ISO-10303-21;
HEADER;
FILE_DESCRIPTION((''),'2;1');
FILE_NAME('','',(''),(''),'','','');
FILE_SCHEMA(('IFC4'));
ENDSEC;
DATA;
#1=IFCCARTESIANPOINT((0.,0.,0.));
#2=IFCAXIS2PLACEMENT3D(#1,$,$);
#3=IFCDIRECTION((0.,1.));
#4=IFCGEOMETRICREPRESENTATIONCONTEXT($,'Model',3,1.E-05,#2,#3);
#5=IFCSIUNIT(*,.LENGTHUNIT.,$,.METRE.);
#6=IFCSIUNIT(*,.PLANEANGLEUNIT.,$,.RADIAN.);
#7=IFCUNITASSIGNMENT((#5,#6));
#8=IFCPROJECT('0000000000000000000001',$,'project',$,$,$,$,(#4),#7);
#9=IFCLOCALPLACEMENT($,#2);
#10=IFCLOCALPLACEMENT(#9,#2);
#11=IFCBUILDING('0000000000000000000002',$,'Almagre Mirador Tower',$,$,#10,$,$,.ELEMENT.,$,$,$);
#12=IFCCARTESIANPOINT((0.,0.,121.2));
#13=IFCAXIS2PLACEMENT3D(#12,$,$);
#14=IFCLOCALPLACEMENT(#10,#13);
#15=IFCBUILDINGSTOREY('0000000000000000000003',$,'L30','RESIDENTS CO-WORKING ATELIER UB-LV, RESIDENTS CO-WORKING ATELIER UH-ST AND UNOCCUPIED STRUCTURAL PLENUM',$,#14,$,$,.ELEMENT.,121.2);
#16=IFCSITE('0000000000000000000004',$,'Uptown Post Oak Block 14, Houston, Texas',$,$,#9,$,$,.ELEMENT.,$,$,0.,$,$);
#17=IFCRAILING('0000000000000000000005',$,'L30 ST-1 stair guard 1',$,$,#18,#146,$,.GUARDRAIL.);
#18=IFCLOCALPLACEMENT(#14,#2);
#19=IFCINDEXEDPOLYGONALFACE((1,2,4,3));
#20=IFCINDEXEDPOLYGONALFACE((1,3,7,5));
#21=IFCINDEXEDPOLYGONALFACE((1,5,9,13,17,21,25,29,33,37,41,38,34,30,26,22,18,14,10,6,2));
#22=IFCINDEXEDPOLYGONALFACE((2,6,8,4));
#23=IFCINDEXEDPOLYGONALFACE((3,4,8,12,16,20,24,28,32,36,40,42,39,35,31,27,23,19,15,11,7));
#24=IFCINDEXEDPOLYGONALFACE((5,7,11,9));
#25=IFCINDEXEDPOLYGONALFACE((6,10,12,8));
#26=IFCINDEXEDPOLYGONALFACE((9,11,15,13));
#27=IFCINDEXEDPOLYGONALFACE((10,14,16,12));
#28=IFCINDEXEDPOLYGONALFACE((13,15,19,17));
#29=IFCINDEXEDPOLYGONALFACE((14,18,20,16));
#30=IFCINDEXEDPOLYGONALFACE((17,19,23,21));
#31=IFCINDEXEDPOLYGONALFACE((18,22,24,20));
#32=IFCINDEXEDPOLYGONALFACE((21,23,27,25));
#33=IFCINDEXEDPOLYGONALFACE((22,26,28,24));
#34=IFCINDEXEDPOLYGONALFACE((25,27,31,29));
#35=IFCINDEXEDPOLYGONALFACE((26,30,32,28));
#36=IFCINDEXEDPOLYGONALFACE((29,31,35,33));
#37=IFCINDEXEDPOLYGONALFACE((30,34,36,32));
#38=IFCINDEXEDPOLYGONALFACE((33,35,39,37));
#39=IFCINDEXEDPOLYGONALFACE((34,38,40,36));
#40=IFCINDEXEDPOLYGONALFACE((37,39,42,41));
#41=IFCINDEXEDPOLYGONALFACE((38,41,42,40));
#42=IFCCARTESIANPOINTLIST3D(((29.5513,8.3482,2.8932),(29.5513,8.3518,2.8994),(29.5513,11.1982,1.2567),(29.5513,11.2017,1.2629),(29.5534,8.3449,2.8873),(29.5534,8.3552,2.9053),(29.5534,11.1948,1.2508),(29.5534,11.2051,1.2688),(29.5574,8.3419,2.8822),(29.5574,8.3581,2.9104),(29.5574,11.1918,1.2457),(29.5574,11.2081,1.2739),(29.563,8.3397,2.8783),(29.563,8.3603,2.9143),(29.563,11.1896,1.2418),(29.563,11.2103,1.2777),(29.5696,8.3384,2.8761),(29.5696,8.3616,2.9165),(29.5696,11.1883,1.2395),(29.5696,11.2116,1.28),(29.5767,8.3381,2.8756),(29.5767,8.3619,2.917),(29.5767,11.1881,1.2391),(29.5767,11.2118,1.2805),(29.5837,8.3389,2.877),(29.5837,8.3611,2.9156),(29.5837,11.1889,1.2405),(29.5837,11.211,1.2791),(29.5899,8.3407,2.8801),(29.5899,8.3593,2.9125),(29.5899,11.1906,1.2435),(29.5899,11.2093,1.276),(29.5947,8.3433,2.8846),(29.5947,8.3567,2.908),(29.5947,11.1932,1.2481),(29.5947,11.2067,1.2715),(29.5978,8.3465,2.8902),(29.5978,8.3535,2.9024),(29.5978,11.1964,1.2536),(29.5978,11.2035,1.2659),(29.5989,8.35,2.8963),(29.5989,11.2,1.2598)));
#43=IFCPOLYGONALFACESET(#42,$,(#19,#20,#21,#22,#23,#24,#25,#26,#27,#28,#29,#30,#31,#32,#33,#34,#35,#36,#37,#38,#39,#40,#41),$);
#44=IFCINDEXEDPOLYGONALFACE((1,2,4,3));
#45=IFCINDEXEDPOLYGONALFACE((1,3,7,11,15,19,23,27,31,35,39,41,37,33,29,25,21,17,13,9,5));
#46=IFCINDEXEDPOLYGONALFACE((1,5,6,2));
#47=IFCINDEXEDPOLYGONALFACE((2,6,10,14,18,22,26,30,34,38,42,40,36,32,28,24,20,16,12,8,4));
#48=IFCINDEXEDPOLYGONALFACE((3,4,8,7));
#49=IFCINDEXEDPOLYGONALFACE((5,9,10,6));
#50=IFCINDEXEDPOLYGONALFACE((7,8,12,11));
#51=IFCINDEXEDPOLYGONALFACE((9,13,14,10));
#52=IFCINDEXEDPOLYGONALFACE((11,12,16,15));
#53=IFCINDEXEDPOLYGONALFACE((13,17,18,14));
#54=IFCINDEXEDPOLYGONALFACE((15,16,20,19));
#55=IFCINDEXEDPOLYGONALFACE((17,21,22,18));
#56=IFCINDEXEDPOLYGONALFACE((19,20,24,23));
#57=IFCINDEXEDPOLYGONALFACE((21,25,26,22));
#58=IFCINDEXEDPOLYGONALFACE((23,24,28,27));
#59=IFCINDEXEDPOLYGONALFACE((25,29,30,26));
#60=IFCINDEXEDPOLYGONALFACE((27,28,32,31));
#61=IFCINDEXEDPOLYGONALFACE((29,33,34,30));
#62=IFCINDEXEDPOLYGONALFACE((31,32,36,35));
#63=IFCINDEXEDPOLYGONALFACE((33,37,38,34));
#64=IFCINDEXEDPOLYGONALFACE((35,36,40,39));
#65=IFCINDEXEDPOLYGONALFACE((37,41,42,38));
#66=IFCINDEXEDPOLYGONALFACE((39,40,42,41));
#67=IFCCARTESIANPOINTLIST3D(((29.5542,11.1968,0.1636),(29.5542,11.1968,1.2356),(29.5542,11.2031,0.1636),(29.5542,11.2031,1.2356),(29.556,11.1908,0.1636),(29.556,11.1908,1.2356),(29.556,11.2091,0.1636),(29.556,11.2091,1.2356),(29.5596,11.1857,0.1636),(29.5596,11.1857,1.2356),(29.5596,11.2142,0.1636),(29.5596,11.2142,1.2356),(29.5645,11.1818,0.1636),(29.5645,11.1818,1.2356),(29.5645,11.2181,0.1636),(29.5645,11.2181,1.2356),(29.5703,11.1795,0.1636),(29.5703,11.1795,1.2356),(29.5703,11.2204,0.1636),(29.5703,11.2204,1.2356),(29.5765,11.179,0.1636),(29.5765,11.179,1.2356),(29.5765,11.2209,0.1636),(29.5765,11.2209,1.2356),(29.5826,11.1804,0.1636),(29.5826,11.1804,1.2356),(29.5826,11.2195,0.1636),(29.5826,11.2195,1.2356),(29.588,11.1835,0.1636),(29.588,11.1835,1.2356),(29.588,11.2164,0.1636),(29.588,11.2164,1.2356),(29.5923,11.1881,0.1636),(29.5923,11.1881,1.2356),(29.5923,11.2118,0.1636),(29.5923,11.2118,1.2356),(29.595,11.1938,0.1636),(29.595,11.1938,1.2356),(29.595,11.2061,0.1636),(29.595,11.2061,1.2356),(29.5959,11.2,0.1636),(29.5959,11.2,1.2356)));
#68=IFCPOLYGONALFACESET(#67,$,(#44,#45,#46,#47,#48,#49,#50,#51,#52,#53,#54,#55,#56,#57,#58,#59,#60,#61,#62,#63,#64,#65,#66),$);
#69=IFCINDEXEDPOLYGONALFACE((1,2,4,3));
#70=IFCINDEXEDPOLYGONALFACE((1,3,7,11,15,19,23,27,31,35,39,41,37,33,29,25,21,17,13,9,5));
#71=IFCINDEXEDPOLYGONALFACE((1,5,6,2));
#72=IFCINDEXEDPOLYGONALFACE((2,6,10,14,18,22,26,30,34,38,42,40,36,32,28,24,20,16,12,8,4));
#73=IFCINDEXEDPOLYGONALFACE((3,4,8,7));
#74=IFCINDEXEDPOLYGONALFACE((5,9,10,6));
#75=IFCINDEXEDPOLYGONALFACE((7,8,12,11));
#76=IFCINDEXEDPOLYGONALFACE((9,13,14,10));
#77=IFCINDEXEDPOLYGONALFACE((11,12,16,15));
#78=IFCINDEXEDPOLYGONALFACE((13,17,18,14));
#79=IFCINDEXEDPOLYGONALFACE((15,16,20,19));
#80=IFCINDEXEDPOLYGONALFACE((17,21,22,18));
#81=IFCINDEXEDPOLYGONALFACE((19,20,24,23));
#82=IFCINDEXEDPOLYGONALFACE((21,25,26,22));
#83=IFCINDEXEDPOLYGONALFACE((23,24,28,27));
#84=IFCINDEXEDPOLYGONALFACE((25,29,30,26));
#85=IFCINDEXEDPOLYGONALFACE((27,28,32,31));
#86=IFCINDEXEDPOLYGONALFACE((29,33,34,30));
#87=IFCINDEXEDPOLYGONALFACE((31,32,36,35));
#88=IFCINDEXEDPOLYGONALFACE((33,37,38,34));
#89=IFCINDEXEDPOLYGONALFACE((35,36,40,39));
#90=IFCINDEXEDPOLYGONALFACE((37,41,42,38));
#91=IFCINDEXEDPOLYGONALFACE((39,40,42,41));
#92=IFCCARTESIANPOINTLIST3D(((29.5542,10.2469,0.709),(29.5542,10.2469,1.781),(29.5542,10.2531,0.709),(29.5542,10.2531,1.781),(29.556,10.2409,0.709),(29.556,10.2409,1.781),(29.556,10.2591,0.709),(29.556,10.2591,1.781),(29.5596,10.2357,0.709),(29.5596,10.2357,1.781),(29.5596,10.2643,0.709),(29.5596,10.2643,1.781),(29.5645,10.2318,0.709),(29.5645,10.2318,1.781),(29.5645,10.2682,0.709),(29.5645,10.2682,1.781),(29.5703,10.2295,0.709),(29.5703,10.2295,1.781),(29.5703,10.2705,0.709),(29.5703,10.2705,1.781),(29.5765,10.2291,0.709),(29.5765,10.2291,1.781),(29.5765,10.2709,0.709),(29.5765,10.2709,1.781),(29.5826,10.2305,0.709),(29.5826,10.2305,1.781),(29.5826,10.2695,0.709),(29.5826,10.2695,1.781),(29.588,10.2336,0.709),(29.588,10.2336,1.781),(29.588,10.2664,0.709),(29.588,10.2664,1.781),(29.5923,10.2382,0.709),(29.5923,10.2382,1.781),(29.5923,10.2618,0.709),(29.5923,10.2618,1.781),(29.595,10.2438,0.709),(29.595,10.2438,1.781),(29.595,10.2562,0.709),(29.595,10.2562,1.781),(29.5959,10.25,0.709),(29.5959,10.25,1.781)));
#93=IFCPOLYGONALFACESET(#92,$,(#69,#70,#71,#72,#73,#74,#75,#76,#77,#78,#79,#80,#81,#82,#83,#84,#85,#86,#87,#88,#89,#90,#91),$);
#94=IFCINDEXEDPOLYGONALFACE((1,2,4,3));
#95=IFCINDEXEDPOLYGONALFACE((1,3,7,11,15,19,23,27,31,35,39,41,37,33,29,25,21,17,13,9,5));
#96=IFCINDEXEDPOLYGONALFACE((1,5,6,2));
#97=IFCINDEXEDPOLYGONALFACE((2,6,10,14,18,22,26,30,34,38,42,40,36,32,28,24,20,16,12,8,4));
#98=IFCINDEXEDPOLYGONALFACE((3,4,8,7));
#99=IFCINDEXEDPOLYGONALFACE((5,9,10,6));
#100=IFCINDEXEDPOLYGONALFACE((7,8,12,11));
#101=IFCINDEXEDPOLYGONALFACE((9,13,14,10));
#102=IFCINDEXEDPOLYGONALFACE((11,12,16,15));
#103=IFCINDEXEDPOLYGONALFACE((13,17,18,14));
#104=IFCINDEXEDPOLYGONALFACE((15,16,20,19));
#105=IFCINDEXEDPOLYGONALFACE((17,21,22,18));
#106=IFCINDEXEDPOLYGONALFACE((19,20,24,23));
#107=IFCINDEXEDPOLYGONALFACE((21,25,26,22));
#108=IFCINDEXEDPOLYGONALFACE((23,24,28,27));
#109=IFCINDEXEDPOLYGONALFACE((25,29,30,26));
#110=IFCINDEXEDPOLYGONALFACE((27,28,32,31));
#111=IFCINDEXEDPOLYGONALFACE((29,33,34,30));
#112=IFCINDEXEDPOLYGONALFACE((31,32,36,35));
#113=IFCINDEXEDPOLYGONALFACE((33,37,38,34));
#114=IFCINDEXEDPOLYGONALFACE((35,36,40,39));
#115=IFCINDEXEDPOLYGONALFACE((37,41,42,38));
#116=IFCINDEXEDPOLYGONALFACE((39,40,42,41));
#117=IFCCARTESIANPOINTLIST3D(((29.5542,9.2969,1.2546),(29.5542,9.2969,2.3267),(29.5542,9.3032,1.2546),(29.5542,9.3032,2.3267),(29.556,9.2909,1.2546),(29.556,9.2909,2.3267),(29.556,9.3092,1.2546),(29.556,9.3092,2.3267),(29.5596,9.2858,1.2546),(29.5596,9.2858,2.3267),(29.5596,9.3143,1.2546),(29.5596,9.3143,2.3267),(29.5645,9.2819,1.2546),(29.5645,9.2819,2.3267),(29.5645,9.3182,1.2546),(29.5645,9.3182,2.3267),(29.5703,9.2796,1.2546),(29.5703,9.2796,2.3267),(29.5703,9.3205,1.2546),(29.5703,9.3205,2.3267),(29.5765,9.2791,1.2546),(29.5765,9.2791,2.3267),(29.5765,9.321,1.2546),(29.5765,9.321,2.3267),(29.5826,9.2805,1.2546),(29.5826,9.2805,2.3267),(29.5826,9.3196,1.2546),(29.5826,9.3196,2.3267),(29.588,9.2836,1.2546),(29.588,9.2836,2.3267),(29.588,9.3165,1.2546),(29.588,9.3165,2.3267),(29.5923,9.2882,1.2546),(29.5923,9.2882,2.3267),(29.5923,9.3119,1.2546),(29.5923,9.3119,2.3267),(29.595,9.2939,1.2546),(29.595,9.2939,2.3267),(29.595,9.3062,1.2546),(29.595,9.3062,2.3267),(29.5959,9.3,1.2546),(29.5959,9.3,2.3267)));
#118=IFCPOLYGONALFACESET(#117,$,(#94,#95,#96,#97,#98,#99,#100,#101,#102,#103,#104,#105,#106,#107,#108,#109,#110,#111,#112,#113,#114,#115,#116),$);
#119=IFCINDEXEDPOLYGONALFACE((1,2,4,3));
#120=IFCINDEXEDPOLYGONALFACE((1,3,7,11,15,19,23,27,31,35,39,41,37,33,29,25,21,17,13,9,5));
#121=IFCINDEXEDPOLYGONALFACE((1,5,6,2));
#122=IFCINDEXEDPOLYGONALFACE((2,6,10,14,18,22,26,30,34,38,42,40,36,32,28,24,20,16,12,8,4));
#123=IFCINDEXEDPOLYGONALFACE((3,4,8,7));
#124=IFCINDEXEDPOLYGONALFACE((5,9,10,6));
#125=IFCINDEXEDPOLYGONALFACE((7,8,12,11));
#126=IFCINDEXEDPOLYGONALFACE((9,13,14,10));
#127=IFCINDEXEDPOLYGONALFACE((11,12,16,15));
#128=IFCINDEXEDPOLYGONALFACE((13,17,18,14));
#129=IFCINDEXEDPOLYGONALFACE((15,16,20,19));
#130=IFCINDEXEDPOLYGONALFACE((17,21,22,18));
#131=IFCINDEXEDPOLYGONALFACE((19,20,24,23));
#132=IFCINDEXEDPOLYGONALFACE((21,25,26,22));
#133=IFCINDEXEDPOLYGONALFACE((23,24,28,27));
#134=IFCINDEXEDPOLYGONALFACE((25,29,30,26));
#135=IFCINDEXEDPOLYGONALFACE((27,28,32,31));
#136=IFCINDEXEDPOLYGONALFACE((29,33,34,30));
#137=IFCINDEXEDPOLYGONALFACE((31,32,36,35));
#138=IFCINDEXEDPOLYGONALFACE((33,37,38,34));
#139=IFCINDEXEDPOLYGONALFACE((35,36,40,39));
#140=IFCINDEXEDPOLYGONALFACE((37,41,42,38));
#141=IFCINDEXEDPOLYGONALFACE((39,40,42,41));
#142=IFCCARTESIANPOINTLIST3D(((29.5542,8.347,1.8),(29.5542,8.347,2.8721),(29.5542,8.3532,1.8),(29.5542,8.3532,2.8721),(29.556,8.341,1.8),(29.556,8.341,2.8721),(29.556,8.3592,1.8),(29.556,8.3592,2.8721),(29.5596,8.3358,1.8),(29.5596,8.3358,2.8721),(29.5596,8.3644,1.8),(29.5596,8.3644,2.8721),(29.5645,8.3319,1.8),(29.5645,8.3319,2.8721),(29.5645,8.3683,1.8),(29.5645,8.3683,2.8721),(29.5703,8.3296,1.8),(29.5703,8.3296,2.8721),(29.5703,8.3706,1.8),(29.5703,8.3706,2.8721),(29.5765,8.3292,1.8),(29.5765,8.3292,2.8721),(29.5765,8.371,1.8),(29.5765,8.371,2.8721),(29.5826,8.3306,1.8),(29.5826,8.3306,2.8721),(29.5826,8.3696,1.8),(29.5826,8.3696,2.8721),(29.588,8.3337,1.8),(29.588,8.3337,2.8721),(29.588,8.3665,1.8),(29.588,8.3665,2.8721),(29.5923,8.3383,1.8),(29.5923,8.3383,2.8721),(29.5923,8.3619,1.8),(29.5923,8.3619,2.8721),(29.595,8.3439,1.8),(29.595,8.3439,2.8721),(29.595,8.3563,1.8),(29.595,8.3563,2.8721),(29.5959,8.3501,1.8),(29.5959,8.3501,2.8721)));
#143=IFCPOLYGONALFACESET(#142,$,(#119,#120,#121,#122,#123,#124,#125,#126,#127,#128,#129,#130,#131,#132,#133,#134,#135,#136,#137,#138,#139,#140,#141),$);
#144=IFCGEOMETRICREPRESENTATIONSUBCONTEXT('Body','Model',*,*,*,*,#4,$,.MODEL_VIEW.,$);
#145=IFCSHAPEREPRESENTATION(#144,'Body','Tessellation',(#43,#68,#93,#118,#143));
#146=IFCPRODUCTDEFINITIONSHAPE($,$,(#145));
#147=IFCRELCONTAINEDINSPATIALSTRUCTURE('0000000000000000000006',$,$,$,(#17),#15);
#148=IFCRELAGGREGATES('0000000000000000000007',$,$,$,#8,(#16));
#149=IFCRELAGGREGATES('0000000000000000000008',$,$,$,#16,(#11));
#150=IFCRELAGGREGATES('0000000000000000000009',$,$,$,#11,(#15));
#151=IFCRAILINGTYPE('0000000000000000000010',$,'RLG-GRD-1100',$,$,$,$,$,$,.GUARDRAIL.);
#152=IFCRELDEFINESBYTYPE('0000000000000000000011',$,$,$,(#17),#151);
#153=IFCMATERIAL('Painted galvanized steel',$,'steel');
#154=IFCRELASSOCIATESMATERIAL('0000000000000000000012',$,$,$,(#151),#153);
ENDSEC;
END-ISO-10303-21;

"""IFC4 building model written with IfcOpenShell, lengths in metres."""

from ifc_helpers import new_model, si_unit, direction, frame, origin, origin_2d, place, context, subcontext, project, spatial, circle, extrude, material, type_object, element, save


model = new_model("IFC4")

# Units and contexts
model_context = context("Model", 3, precision=1e-05, world=origin(), true_north=direction((0.0, 1.0)))
body_context = subcontext(model_context, "Body", "Model", "MODEL_VIEW")
ifc_project = project(units=[si_unit("LENGTHUNIT", "METRE"), si_unit("PLANEANGLEUNIT", "RADIAN")], contexts=[model_context])

# Site, building, storey
site_placement = place(None, origin())
site = spatial("IfcSite", under=ifc_project, at=site_placement, Name="Uptown Post Oak Block 14, Houston, Texas", CompositionType="ELEMENT", RefElevation=0.0)
building_placement = place(site_placement, origin())
building = spatial("IfcBuilding", under=site, at=building_placement, Name="Almagre Mirador Tower", CompositionType="ELEMENT")
storey_placement = place(building_placement, frame((0.0, 0.0, 121.2)))
storey = spatial("IfcBuildingStorey", under=building, at=storey_placement, Name="L30", Description="RESIDENTS CO-WORKING ATELIER UB-LV, RESIDENTS CO-WORKING ATELIER UH-ST AND UNOCCUPIED STRUCTURAL PLENUM", CompositionType="ELEMENT", Elevation=121.2)

# Railing
ifc_material_1 = material(Name="Painted galvanized steel", Category="steel")
railing_type_1 = type_object("IfcRailingType", Name="RLG-GRD-1100", PredefinedType="GUARDRAIL", material=ifc_material_1)
railing_1_placement = place(storey_placement, frame((29.575, 11.2, 0.1636)))
element("IfcRailing", 1, at=railing_1_placement, inside=storey, type_object=railing_type_1, Name="L30 ST-1 stair guard 1", PredefinedType="GUARDRAIL", context=body_context, shape_type="SweptSolid", body=[
    extrude(circle(Radius=0.0239, at=origin_2d()), frame((0.0, 0.0, 1.0962), z_axis=(0.0, -0.867194, 0.49797), x_axis=(1.0, 0.0, 0.0)), (0.0, 0.0, 1.0), 3.2864),
    extrude(circle(Radius=0.021, at=origin_2d()), origin(), (0.0, 0.0, 1.0), 1.072),
    extrude(circle(Radius=0.021, at=origin_2d()), frame((0.0, -0.95, 0.5454)), (0.0, 0.0, 1.0), 1.072),
    extrude(circle(Radius=0.021, at=origin_2d()), frame((0.0, -1.8999, 1.0911)), (0.0, 0.0, 1.0), 1.072),
    extrude(circle(Radius=0.021, at=origin_2d()), frame((0.0, -2.8499, 1.6365)), (0.0, 0.0, 1.0), 1.072),
])

save(model, "model.ifc")
